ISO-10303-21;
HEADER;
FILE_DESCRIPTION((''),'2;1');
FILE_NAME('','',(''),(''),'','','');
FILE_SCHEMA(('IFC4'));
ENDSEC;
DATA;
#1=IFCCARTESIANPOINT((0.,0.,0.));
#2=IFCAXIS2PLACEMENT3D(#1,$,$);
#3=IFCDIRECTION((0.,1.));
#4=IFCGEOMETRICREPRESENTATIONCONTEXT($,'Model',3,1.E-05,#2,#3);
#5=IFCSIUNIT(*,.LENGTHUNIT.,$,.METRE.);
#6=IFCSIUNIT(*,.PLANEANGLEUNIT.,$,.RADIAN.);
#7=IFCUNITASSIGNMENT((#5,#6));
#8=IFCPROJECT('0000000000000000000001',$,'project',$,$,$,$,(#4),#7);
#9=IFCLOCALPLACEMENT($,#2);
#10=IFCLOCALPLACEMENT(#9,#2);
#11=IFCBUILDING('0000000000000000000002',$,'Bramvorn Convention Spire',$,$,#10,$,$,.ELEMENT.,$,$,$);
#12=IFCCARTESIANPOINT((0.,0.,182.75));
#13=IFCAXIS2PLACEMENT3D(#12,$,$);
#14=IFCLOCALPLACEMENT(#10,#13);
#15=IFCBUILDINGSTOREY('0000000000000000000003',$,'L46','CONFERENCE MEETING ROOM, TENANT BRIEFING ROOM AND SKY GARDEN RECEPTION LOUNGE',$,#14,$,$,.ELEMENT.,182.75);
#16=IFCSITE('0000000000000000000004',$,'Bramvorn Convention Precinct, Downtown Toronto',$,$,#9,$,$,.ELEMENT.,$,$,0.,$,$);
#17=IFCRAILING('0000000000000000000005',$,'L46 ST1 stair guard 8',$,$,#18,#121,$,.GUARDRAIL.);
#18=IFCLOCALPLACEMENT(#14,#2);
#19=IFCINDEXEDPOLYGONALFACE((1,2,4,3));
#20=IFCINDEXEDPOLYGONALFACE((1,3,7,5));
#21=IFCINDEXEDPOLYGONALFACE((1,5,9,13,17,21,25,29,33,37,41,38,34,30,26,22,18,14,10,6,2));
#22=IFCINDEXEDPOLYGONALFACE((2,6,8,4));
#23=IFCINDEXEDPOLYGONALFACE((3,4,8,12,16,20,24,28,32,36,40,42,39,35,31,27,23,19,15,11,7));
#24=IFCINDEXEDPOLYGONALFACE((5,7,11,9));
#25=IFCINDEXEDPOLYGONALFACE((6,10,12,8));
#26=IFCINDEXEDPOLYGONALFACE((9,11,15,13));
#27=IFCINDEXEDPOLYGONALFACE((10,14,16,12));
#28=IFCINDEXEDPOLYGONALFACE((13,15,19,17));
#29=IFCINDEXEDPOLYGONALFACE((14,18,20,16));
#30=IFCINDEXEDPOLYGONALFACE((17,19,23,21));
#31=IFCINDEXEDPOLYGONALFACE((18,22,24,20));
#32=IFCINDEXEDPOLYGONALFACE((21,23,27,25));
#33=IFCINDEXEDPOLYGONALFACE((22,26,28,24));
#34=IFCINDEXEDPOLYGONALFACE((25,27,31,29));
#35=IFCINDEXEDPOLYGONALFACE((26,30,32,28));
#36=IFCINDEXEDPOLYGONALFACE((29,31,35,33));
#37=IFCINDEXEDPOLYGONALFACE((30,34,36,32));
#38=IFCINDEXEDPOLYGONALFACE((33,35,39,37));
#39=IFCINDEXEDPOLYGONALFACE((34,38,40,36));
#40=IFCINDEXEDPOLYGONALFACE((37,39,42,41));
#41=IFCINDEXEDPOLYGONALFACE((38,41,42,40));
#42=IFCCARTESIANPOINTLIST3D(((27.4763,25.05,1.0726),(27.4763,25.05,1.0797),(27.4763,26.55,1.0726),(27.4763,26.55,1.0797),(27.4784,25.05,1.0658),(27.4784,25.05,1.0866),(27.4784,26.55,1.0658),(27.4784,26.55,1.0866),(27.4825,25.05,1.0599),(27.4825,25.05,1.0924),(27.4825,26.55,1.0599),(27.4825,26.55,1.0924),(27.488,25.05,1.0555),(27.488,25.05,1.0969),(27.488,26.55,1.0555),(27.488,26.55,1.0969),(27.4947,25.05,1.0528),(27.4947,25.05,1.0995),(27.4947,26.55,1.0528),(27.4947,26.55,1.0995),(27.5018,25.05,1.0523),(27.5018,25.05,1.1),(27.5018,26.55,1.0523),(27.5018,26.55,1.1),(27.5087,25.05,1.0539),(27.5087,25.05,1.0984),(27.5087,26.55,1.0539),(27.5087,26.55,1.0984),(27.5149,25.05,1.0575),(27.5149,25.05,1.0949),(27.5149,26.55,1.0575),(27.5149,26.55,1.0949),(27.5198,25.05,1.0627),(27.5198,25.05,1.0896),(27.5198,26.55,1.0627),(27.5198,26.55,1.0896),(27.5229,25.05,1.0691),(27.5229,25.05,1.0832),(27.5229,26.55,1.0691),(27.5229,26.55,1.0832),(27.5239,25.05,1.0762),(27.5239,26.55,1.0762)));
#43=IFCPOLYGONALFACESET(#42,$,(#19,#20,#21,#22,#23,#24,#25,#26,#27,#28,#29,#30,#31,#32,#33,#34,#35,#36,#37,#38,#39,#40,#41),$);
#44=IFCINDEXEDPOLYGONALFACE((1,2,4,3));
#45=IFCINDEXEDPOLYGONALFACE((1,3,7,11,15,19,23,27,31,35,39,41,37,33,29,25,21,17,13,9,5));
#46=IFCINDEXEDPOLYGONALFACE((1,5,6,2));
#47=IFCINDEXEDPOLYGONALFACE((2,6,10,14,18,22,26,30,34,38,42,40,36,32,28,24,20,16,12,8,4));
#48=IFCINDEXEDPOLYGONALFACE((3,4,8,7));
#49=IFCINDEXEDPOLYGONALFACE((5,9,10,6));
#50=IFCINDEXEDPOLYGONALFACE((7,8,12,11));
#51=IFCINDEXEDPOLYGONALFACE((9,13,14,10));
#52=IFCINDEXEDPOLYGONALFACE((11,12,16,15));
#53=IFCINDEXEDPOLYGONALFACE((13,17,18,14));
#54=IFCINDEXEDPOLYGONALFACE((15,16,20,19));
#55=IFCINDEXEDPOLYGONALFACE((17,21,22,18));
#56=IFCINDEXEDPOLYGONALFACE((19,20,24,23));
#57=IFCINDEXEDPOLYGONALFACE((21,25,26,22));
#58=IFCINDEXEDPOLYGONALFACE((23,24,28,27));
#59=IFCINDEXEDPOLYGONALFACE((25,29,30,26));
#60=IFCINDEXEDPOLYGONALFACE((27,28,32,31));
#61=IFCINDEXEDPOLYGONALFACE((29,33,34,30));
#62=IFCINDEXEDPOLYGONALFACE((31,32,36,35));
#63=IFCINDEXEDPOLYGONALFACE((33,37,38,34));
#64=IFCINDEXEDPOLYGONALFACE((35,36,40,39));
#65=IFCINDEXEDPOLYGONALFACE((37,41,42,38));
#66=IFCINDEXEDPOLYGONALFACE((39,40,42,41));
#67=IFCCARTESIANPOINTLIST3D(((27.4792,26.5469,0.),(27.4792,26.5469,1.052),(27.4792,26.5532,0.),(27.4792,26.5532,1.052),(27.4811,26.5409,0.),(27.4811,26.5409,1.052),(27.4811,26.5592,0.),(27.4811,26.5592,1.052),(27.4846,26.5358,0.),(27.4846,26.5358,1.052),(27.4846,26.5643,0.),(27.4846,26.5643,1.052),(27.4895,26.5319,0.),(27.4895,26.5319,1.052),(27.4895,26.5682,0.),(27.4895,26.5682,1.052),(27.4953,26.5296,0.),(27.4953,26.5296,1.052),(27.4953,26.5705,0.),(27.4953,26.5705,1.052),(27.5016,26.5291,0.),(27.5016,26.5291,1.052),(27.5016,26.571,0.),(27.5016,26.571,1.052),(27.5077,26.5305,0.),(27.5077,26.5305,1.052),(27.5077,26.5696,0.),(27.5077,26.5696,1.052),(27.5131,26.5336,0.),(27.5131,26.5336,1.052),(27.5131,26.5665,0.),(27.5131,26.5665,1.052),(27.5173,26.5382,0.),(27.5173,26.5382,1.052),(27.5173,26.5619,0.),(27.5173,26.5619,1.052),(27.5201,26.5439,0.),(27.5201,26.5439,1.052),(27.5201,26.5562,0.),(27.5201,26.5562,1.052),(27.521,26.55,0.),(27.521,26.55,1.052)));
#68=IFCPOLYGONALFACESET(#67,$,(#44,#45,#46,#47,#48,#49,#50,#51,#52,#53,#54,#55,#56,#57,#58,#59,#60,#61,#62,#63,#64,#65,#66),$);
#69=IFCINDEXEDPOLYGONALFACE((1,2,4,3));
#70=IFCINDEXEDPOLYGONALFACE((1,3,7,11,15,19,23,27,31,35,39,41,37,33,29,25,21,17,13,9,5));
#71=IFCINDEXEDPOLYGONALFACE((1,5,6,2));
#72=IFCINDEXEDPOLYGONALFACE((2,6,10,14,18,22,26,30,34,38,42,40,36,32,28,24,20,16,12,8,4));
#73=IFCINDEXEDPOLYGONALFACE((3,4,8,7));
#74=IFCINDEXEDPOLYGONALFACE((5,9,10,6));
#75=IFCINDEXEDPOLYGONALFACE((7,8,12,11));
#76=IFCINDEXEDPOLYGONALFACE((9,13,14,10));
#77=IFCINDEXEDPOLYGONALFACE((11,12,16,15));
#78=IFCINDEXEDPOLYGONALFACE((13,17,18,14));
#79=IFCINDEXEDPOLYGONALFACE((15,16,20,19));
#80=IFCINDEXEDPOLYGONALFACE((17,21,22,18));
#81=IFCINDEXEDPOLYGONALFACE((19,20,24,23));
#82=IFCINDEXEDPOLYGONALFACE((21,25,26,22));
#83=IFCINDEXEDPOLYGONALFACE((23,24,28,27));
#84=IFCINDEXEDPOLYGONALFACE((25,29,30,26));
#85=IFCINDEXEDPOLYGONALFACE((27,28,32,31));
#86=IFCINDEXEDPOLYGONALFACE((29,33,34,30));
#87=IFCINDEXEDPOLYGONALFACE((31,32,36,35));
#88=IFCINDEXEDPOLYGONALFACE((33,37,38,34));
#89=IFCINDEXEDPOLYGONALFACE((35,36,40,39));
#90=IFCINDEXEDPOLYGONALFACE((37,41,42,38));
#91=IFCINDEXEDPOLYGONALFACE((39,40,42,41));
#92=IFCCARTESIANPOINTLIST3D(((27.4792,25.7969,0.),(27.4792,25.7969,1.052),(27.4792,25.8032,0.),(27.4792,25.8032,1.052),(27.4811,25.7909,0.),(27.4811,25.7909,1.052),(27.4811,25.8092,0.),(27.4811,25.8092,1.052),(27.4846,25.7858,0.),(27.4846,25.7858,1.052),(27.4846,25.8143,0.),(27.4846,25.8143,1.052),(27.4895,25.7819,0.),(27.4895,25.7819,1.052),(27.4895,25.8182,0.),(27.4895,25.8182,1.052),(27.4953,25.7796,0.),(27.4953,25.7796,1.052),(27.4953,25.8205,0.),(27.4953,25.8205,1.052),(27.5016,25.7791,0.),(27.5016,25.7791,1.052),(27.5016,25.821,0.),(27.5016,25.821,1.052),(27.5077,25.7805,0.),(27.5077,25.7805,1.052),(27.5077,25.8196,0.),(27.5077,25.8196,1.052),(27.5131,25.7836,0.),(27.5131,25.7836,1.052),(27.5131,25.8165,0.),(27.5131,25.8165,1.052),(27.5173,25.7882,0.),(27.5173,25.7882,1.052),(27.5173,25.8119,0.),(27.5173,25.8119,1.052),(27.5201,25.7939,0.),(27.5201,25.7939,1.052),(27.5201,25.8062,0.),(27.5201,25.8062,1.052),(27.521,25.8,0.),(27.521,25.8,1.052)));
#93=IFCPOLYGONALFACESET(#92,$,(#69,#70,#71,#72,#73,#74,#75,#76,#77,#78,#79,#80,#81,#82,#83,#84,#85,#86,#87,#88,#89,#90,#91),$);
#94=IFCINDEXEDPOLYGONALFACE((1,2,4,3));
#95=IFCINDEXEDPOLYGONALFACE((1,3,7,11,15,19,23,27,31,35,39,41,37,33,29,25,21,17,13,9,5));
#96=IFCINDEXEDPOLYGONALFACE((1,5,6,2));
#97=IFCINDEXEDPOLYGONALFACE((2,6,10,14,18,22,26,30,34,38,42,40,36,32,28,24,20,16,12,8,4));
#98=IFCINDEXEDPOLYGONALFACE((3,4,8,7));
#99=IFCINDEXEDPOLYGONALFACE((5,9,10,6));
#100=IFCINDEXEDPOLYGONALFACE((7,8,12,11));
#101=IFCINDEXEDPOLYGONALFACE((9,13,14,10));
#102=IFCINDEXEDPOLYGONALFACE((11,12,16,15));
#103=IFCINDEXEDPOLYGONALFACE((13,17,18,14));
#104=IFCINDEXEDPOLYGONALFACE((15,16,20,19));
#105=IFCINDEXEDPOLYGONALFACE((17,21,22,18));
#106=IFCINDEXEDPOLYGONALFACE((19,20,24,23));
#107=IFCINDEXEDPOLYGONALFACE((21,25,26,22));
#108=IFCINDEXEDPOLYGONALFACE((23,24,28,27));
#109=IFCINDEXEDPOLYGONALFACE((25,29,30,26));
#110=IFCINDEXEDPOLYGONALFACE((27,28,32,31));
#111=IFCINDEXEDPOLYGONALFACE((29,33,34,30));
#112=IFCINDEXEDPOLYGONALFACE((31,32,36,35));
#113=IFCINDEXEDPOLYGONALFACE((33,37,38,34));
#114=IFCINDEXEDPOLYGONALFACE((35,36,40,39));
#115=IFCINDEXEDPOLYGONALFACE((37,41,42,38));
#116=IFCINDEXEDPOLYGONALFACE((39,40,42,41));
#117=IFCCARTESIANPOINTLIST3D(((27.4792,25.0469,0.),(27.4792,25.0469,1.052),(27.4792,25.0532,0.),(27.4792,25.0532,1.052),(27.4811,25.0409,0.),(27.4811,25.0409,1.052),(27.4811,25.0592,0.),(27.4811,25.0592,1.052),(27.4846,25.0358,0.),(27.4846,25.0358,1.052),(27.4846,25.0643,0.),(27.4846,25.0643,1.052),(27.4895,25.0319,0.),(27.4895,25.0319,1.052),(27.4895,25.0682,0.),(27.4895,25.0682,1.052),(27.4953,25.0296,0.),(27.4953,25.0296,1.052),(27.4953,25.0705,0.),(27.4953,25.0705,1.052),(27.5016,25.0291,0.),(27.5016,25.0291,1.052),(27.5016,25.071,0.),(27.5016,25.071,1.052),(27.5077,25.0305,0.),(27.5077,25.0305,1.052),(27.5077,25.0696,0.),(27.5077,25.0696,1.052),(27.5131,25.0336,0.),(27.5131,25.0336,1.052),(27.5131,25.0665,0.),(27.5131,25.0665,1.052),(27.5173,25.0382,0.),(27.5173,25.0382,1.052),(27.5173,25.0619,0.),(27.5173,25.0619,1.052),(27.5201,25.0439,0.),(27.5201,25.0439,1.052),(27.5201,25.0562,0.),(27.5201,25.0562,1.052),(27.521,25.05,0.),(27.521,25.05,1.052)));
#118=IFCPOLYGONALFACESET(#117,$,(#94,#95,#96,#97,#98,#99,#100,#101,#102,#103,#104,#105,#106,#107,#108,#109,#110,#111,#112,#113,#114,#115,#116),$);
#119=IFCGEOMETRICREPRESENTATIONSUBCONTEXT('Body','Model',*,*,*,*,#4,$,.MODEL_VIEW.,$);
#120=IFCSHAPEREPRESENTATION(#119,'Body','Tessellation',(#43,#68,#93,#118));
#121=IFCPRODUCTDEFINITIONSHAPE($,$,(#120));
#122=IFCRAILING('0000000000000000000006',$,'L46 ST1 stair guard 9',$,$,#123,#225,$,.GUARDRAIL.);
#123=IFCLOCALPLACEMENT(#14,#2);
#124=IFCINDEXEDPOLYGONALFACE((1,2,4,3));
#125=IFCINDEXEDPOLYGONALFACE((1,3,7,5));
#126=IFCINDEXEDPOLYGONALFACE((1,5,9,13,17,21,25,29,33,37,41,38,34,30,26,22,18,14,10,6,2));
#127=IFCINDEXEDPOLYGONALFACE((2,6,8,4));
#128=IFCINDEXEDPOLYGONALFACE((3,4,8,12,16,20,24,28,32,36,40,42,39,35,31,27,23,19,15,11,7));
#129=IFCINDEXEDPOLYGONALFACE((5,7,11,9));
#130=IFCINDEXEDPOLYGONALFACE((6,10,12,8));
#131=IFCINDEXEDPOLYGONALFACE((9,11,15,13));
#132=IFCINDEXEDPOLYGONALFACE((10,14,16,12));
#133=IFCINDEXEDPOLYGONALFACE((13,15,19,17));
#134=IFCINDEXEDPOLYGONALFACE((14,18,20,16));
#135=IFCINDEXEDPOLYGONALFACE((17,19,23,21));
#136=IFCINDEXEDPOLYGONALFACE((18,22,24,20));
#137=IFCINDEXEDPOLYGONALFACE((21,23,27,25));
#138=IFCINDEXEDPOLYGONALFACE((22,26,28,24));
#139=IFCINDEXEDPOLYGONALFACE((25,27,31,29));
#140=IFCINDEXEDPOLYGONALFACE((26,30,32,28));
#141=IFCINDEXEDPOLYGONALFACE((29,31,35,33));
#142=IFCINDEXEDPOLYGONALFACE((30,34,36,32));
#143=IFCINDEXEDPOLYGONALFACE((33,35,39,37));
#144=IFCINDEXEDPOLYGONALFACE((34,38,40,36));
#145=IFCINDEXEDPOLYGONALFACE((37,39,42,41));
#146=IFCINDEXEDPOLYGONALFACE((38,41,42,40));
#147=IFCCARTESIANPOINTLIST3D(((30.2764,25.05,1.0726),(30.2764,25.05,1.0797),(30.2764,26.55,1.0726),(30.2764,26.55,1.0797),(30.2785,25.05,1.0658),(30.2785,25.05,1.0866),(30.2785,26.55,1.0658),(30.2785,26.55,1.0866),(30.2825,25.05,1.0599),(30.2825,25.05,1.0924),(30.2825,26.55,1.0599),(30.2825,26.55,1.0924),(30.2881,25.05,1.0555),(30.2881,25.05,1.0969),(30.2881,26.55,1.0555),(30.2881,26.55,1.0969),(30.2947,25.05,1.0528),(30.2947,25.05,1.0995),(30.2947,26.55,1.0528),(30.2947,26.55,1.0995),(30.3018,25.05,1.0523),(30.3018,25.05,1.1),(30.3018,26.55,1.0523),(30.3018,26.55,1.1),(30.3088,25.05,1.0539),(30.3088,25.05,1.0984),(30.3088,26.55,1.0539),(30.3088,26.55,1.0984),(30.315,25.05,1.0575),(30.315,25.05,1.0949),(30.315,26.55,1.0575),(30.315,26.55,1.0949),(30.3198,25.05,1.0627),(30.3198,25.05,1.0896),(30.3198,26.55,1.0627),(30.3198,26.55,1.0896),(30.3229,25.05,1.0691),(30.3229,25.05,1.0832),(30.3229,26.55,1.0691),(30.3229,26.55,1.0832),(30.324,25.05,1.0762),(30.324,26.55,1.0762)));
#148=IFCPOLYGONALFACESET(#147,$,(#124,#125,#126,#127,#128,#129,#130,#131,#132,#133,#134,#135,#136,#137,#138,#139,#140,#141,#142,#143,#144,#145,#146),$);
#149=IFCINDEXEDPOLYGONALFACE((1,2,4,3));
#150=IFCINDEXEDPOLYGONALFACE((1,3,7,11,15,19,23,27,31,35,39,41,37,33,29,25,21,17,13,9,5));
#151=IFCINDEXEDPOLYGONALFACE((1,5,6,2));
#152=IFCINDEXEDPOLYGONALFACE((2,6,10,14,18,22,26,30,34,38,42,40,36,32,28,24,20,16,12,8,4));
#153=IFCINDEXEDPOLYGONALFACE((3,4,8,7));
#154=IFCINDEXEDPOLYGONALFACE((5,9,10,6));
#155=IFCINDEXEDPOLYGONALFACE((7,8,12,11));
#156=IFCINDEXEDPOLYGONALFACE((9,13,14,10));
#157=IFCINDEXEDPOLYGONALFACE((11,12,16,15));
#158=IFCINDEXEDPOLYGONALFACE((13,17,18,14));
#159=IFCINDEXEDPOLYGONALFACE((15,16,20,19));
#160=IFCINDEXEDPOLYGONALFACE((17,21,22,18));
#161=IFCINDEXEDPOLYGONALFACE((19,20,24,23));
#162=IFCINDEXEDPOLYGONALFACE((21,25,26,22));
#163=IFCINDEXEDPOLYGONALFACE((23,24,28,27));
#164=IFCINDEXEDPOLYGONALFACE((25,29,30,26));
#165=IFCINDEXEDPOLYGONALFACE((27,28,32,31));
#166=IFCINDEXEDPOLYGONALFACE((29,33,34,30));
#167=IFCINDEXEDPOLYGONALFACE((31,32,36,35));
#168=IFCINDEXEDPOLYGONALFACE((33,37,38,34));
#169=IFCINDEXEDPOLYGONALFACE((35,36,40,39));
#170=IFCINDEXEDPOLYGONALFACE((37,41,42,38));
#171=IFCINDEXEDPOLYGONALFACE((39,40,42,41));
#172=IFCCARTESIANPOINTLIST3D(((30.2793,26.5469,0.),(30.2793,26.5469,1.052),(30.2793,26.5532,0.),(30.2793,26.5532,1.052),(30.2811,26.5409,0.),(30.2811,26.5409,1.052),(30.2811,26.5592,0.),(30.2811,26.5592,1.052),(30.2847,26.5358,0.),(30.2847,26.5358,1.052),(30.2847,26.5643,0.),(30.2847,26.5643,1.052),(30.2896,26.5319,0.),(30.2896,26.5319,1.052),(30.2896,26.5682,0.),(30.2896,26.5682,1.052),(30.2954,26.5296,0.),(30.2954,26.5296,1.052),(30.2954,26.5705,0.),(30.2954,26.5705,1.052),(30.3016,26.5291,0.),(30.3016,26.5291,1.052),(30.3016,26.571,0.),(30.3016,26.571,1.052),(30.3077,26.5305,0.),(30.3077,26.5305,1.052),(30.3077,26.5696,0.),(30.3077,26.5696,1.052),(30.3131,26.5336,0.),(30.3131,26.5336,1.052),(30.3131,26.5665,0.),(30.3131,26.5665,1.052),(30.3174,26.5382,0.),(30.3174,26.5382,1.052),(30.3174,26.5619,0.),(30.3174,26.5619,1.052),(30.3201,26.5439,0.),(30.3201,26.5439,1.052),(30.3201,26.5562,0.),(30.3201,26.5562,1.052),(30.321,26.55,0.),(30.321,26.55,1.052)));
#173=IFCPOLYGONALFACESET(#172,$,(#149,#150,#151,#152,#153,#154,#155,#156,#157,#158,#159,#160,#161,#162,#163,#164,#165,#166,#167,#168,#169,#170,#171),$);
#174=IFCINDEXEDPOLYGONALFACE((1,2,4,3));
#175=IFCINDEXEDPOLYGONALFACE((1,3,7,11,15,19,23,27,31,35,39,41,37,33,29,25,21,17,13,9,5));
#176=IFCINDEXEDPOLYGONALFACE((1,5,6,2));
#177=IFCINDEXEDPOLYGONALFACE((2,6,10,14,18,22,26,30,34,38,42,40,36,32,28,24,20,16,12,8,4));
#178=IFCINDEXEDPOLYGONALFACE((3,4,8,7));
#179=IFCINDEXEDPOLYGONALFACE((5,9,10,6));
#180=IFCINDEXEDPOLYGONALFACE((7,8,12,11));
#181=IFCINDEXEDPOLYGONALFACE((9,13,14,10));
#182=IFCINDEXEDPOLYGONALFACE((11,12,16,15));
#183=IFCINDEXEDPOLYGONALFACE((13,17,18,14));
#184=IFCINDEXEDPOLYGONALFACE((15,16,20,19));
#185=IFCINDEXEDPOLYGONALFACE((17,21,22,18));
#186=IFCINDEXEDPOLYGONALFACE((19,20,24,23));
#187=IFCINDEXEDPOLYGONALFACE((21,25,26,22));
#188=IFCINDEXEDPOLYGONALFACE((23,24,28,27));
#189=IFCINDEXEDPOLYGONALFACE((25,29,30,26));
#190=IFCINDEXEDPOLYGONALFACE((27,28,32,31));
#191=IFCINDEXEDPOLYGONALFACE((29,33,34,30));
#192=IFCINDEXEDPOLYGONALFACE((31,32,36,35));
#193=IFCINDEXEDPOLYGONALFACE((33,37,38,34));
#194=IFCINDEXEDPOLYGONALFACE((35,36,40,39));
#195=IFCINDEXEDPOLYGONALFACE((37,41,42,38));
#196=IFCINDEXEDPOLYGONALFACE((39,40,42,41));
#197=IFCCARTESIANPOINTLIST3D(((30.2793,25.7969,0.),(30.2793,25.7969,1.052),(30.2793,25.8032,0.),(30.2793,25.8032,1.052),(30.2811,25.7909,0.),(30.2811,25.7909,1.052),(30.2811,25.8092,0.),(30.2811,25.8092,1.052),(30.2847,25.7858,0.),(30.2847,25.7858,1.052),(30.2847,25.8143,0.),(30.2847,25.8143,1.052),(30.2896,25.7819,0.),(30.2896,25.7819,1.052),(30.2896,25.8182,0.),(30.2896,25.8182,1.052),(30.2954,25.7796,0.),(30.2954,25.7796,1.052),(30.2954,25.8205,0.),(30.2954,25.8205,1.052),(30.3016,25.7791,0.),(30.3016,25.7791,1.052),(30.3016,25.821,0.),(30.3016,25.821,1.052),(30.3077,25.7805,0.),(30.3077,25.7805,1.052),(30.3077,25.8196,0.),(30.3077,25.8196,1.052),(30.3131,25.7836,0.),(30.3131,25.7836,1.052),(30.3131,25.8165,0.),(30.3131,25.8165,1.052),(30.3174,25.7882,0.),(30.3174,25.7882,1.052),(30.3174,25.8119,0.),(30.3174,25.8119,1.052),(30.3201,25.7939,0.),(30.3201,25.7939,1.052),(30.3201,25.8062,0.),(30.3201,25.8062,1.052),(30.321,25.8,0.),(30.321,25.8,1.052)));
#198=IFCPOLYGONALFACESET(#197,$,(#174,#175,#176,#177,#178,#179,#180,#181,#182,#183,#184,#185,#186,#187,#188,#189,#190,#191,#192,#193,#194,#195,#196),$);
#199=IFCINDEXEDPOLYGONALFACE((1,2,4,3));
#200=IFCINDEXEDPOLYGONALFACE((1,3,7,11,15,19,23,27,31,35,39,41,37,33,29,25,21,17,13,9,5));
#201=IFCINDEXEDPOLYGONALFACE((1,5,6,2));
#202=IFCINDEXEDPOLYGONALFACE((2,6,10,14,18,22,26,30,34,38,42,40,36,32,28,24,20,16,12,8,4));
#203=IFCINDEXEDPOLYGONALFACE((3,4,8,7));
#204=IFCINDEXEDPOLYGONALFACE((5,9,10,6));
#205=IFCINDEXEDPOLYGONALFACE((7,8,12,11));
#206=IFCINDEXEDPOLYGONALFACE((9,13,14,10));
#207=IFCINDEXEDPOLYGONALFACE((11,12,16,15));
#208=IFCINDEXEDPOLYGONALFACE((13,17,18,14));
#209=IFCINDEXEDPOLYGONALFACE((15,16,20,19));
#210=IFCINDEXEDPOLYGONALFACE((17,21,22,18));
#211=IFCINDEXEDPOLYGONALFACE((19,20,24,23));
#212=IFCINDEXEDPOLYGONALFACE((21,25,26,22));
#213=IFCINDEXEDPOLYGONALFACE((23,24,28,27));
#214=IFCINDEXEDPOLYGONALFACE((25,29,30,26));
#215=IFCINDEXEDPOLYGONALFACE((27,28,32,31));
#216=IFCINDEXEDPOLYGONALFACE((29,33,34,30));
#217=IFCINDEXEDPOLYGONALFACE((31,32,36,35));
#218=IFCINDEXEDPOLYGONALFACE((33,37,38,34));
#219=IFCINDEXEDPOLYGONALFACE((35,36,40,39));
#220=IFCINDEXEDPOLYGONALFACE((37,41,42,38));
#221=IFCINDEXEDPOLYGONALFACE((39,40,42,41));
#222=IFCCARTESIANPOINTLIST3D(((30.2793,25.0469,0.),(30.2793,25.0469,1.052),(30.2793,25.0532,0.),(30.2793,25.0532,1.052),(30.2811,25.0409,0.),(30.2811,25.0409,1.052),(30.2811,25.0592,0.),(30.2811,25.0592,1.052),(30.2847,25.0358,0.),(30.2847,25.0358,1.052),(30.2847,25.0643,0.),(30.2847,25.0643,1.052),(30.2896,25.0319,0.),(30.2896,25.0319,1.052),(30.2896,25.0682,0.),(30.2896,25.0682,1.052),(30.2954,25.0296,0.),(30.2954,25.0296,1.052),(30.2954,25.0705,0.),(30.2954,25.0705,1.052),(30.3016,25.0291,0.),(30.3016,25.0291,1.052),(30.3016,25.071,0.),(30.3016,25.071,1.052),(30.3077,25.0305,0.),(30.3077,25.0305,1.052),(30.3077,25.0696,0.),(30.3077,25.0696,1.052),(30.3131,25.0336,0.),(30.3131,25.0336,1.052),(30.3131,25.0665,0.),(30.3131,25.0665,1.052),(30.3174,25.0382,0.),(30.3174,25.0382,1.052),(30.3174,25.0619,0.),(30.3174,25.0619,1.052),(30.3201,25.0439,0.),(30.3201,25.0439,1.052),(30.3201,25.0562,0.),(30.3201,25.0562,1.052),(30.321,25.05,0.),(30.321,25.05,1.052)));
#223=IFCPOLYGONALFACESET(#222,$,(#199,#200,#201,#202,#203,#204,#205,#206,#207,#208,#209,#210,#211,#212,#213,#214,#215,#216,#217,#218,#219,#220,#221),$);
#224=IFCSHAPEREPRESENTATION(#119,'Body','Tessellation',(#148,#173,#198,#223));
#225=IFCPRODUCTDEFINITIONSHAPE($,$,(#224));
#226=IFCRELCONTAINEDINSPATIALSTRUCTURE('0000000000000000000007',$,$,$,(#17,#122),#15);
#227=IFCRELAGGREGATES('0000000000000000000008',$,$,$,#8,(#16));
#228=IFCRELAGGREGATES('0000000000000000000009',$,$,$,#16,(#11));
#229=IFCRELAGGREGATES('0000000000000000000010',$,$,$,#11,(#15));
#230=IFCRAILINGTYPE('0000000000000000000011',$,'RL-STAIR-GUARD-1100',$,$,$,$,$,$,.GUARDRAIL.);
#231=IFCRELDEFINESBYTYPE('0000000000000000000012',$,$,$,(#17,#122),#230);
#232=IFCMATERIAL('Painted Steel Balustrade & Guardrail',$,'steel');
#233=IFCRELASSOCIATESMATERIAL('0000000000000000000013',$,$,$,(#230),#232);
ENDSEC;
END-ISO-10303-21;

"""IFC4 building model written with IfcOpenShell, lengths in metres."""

from ifc_helpers import new_model, si_unit, direction, frame, origin, origin_2d, place, context, subcontext, project, spatial, circle, extrude, material, type_object, element, save


model = new_model("IFC4")

# Units and contexts
model_context = context("Model", 3, precision=1e-05, world=origin(), true_north=direction((0.0, 1.0)))
body_context = subcontext(model_context, "Body", "Model", "MODEL_VIEW")
ifc_project = project(units=[si_unit("LENGTHUNIT", "METRE"), si_unit("PLANEANGLEUNIT", "RADIAN")], contexts=[model_context])

# Site, building, storey
site_placement = place(None, origin())
site = spatial("IfcSite", under=ifc_project, at=site_placement, Name="Bramvorn Convention Precinct, Downtown Toronto", CompositionType="ELEMENT", RefElevation=0.0)
building_placement = place(site_placement, origin())
building = spatial("IfcBuilding", under=site, at=building_placement, Name="Bramvorn Convention Spire", CompositionType="ELEMENT")
storey_placement = place(building_placement, frame((0.0, 0.0, 182.75)))
storey = spatial("IfcBuildingStorey", under=building, at=storey_placement, Name="L46", Description="CONFERENCE MEETING ROOM, TENANT BRIEFING ROOM AND SKY GARDEN RECEPTION LOUNGE", CompositionType="ELEMENT", Elevation=182.75)

# Railings
ifc_material_1 = material(Name="Painted Steel Balustrade & Guardrail", Category="steel")
railing_type = type_object("IfcRailingType", Name="RL-STAIR-GUARD-1100", PredefinedType="GUARDRAIL", material=ifc_material_1)
for number, where, name in (
    (1, (27.5, 26.55, 0.0), "L46 ST1 stair guard 8"),
    (2, (30.3, 26.55, 0.0), "L46 ST1 stair guard 9"),
):
    element("IfcRailing", number, at=place(storey_placement, frame(where)), inside=storey, type_object=railing_type, Name=name, PredefinedType="GUARDRAIL", context=body_context, shape_type="SweptSolid", body=[
        extrude(circle(Radius=0.0239, at=origin_2d()), frame((0.0, 0.0, 1.0762), z_axis=(0.0, -1.0, 0.0), x_axis=(1.0, 0.0, 0.0)), (0.0, 0.0, 1.0), 1.5),
        extrude(circle(Radius=0.021, at=origin_2d()), origin(), (0.0, 0.0, 1.0), 1.052),
        extrude(circle(Radius=0.021, at=origin_2d()), frame((0.0, -0.75, 0.0)), (0.0, 0.0, 1.0), 1.052),
        extrude(circle(Radius=0.021, at=origin_2d()), frame((0.0, -1.5, 0.0)), (0.0, 0.0, 1.0), 1.052),
    ])

save(model, "model.ifc")
